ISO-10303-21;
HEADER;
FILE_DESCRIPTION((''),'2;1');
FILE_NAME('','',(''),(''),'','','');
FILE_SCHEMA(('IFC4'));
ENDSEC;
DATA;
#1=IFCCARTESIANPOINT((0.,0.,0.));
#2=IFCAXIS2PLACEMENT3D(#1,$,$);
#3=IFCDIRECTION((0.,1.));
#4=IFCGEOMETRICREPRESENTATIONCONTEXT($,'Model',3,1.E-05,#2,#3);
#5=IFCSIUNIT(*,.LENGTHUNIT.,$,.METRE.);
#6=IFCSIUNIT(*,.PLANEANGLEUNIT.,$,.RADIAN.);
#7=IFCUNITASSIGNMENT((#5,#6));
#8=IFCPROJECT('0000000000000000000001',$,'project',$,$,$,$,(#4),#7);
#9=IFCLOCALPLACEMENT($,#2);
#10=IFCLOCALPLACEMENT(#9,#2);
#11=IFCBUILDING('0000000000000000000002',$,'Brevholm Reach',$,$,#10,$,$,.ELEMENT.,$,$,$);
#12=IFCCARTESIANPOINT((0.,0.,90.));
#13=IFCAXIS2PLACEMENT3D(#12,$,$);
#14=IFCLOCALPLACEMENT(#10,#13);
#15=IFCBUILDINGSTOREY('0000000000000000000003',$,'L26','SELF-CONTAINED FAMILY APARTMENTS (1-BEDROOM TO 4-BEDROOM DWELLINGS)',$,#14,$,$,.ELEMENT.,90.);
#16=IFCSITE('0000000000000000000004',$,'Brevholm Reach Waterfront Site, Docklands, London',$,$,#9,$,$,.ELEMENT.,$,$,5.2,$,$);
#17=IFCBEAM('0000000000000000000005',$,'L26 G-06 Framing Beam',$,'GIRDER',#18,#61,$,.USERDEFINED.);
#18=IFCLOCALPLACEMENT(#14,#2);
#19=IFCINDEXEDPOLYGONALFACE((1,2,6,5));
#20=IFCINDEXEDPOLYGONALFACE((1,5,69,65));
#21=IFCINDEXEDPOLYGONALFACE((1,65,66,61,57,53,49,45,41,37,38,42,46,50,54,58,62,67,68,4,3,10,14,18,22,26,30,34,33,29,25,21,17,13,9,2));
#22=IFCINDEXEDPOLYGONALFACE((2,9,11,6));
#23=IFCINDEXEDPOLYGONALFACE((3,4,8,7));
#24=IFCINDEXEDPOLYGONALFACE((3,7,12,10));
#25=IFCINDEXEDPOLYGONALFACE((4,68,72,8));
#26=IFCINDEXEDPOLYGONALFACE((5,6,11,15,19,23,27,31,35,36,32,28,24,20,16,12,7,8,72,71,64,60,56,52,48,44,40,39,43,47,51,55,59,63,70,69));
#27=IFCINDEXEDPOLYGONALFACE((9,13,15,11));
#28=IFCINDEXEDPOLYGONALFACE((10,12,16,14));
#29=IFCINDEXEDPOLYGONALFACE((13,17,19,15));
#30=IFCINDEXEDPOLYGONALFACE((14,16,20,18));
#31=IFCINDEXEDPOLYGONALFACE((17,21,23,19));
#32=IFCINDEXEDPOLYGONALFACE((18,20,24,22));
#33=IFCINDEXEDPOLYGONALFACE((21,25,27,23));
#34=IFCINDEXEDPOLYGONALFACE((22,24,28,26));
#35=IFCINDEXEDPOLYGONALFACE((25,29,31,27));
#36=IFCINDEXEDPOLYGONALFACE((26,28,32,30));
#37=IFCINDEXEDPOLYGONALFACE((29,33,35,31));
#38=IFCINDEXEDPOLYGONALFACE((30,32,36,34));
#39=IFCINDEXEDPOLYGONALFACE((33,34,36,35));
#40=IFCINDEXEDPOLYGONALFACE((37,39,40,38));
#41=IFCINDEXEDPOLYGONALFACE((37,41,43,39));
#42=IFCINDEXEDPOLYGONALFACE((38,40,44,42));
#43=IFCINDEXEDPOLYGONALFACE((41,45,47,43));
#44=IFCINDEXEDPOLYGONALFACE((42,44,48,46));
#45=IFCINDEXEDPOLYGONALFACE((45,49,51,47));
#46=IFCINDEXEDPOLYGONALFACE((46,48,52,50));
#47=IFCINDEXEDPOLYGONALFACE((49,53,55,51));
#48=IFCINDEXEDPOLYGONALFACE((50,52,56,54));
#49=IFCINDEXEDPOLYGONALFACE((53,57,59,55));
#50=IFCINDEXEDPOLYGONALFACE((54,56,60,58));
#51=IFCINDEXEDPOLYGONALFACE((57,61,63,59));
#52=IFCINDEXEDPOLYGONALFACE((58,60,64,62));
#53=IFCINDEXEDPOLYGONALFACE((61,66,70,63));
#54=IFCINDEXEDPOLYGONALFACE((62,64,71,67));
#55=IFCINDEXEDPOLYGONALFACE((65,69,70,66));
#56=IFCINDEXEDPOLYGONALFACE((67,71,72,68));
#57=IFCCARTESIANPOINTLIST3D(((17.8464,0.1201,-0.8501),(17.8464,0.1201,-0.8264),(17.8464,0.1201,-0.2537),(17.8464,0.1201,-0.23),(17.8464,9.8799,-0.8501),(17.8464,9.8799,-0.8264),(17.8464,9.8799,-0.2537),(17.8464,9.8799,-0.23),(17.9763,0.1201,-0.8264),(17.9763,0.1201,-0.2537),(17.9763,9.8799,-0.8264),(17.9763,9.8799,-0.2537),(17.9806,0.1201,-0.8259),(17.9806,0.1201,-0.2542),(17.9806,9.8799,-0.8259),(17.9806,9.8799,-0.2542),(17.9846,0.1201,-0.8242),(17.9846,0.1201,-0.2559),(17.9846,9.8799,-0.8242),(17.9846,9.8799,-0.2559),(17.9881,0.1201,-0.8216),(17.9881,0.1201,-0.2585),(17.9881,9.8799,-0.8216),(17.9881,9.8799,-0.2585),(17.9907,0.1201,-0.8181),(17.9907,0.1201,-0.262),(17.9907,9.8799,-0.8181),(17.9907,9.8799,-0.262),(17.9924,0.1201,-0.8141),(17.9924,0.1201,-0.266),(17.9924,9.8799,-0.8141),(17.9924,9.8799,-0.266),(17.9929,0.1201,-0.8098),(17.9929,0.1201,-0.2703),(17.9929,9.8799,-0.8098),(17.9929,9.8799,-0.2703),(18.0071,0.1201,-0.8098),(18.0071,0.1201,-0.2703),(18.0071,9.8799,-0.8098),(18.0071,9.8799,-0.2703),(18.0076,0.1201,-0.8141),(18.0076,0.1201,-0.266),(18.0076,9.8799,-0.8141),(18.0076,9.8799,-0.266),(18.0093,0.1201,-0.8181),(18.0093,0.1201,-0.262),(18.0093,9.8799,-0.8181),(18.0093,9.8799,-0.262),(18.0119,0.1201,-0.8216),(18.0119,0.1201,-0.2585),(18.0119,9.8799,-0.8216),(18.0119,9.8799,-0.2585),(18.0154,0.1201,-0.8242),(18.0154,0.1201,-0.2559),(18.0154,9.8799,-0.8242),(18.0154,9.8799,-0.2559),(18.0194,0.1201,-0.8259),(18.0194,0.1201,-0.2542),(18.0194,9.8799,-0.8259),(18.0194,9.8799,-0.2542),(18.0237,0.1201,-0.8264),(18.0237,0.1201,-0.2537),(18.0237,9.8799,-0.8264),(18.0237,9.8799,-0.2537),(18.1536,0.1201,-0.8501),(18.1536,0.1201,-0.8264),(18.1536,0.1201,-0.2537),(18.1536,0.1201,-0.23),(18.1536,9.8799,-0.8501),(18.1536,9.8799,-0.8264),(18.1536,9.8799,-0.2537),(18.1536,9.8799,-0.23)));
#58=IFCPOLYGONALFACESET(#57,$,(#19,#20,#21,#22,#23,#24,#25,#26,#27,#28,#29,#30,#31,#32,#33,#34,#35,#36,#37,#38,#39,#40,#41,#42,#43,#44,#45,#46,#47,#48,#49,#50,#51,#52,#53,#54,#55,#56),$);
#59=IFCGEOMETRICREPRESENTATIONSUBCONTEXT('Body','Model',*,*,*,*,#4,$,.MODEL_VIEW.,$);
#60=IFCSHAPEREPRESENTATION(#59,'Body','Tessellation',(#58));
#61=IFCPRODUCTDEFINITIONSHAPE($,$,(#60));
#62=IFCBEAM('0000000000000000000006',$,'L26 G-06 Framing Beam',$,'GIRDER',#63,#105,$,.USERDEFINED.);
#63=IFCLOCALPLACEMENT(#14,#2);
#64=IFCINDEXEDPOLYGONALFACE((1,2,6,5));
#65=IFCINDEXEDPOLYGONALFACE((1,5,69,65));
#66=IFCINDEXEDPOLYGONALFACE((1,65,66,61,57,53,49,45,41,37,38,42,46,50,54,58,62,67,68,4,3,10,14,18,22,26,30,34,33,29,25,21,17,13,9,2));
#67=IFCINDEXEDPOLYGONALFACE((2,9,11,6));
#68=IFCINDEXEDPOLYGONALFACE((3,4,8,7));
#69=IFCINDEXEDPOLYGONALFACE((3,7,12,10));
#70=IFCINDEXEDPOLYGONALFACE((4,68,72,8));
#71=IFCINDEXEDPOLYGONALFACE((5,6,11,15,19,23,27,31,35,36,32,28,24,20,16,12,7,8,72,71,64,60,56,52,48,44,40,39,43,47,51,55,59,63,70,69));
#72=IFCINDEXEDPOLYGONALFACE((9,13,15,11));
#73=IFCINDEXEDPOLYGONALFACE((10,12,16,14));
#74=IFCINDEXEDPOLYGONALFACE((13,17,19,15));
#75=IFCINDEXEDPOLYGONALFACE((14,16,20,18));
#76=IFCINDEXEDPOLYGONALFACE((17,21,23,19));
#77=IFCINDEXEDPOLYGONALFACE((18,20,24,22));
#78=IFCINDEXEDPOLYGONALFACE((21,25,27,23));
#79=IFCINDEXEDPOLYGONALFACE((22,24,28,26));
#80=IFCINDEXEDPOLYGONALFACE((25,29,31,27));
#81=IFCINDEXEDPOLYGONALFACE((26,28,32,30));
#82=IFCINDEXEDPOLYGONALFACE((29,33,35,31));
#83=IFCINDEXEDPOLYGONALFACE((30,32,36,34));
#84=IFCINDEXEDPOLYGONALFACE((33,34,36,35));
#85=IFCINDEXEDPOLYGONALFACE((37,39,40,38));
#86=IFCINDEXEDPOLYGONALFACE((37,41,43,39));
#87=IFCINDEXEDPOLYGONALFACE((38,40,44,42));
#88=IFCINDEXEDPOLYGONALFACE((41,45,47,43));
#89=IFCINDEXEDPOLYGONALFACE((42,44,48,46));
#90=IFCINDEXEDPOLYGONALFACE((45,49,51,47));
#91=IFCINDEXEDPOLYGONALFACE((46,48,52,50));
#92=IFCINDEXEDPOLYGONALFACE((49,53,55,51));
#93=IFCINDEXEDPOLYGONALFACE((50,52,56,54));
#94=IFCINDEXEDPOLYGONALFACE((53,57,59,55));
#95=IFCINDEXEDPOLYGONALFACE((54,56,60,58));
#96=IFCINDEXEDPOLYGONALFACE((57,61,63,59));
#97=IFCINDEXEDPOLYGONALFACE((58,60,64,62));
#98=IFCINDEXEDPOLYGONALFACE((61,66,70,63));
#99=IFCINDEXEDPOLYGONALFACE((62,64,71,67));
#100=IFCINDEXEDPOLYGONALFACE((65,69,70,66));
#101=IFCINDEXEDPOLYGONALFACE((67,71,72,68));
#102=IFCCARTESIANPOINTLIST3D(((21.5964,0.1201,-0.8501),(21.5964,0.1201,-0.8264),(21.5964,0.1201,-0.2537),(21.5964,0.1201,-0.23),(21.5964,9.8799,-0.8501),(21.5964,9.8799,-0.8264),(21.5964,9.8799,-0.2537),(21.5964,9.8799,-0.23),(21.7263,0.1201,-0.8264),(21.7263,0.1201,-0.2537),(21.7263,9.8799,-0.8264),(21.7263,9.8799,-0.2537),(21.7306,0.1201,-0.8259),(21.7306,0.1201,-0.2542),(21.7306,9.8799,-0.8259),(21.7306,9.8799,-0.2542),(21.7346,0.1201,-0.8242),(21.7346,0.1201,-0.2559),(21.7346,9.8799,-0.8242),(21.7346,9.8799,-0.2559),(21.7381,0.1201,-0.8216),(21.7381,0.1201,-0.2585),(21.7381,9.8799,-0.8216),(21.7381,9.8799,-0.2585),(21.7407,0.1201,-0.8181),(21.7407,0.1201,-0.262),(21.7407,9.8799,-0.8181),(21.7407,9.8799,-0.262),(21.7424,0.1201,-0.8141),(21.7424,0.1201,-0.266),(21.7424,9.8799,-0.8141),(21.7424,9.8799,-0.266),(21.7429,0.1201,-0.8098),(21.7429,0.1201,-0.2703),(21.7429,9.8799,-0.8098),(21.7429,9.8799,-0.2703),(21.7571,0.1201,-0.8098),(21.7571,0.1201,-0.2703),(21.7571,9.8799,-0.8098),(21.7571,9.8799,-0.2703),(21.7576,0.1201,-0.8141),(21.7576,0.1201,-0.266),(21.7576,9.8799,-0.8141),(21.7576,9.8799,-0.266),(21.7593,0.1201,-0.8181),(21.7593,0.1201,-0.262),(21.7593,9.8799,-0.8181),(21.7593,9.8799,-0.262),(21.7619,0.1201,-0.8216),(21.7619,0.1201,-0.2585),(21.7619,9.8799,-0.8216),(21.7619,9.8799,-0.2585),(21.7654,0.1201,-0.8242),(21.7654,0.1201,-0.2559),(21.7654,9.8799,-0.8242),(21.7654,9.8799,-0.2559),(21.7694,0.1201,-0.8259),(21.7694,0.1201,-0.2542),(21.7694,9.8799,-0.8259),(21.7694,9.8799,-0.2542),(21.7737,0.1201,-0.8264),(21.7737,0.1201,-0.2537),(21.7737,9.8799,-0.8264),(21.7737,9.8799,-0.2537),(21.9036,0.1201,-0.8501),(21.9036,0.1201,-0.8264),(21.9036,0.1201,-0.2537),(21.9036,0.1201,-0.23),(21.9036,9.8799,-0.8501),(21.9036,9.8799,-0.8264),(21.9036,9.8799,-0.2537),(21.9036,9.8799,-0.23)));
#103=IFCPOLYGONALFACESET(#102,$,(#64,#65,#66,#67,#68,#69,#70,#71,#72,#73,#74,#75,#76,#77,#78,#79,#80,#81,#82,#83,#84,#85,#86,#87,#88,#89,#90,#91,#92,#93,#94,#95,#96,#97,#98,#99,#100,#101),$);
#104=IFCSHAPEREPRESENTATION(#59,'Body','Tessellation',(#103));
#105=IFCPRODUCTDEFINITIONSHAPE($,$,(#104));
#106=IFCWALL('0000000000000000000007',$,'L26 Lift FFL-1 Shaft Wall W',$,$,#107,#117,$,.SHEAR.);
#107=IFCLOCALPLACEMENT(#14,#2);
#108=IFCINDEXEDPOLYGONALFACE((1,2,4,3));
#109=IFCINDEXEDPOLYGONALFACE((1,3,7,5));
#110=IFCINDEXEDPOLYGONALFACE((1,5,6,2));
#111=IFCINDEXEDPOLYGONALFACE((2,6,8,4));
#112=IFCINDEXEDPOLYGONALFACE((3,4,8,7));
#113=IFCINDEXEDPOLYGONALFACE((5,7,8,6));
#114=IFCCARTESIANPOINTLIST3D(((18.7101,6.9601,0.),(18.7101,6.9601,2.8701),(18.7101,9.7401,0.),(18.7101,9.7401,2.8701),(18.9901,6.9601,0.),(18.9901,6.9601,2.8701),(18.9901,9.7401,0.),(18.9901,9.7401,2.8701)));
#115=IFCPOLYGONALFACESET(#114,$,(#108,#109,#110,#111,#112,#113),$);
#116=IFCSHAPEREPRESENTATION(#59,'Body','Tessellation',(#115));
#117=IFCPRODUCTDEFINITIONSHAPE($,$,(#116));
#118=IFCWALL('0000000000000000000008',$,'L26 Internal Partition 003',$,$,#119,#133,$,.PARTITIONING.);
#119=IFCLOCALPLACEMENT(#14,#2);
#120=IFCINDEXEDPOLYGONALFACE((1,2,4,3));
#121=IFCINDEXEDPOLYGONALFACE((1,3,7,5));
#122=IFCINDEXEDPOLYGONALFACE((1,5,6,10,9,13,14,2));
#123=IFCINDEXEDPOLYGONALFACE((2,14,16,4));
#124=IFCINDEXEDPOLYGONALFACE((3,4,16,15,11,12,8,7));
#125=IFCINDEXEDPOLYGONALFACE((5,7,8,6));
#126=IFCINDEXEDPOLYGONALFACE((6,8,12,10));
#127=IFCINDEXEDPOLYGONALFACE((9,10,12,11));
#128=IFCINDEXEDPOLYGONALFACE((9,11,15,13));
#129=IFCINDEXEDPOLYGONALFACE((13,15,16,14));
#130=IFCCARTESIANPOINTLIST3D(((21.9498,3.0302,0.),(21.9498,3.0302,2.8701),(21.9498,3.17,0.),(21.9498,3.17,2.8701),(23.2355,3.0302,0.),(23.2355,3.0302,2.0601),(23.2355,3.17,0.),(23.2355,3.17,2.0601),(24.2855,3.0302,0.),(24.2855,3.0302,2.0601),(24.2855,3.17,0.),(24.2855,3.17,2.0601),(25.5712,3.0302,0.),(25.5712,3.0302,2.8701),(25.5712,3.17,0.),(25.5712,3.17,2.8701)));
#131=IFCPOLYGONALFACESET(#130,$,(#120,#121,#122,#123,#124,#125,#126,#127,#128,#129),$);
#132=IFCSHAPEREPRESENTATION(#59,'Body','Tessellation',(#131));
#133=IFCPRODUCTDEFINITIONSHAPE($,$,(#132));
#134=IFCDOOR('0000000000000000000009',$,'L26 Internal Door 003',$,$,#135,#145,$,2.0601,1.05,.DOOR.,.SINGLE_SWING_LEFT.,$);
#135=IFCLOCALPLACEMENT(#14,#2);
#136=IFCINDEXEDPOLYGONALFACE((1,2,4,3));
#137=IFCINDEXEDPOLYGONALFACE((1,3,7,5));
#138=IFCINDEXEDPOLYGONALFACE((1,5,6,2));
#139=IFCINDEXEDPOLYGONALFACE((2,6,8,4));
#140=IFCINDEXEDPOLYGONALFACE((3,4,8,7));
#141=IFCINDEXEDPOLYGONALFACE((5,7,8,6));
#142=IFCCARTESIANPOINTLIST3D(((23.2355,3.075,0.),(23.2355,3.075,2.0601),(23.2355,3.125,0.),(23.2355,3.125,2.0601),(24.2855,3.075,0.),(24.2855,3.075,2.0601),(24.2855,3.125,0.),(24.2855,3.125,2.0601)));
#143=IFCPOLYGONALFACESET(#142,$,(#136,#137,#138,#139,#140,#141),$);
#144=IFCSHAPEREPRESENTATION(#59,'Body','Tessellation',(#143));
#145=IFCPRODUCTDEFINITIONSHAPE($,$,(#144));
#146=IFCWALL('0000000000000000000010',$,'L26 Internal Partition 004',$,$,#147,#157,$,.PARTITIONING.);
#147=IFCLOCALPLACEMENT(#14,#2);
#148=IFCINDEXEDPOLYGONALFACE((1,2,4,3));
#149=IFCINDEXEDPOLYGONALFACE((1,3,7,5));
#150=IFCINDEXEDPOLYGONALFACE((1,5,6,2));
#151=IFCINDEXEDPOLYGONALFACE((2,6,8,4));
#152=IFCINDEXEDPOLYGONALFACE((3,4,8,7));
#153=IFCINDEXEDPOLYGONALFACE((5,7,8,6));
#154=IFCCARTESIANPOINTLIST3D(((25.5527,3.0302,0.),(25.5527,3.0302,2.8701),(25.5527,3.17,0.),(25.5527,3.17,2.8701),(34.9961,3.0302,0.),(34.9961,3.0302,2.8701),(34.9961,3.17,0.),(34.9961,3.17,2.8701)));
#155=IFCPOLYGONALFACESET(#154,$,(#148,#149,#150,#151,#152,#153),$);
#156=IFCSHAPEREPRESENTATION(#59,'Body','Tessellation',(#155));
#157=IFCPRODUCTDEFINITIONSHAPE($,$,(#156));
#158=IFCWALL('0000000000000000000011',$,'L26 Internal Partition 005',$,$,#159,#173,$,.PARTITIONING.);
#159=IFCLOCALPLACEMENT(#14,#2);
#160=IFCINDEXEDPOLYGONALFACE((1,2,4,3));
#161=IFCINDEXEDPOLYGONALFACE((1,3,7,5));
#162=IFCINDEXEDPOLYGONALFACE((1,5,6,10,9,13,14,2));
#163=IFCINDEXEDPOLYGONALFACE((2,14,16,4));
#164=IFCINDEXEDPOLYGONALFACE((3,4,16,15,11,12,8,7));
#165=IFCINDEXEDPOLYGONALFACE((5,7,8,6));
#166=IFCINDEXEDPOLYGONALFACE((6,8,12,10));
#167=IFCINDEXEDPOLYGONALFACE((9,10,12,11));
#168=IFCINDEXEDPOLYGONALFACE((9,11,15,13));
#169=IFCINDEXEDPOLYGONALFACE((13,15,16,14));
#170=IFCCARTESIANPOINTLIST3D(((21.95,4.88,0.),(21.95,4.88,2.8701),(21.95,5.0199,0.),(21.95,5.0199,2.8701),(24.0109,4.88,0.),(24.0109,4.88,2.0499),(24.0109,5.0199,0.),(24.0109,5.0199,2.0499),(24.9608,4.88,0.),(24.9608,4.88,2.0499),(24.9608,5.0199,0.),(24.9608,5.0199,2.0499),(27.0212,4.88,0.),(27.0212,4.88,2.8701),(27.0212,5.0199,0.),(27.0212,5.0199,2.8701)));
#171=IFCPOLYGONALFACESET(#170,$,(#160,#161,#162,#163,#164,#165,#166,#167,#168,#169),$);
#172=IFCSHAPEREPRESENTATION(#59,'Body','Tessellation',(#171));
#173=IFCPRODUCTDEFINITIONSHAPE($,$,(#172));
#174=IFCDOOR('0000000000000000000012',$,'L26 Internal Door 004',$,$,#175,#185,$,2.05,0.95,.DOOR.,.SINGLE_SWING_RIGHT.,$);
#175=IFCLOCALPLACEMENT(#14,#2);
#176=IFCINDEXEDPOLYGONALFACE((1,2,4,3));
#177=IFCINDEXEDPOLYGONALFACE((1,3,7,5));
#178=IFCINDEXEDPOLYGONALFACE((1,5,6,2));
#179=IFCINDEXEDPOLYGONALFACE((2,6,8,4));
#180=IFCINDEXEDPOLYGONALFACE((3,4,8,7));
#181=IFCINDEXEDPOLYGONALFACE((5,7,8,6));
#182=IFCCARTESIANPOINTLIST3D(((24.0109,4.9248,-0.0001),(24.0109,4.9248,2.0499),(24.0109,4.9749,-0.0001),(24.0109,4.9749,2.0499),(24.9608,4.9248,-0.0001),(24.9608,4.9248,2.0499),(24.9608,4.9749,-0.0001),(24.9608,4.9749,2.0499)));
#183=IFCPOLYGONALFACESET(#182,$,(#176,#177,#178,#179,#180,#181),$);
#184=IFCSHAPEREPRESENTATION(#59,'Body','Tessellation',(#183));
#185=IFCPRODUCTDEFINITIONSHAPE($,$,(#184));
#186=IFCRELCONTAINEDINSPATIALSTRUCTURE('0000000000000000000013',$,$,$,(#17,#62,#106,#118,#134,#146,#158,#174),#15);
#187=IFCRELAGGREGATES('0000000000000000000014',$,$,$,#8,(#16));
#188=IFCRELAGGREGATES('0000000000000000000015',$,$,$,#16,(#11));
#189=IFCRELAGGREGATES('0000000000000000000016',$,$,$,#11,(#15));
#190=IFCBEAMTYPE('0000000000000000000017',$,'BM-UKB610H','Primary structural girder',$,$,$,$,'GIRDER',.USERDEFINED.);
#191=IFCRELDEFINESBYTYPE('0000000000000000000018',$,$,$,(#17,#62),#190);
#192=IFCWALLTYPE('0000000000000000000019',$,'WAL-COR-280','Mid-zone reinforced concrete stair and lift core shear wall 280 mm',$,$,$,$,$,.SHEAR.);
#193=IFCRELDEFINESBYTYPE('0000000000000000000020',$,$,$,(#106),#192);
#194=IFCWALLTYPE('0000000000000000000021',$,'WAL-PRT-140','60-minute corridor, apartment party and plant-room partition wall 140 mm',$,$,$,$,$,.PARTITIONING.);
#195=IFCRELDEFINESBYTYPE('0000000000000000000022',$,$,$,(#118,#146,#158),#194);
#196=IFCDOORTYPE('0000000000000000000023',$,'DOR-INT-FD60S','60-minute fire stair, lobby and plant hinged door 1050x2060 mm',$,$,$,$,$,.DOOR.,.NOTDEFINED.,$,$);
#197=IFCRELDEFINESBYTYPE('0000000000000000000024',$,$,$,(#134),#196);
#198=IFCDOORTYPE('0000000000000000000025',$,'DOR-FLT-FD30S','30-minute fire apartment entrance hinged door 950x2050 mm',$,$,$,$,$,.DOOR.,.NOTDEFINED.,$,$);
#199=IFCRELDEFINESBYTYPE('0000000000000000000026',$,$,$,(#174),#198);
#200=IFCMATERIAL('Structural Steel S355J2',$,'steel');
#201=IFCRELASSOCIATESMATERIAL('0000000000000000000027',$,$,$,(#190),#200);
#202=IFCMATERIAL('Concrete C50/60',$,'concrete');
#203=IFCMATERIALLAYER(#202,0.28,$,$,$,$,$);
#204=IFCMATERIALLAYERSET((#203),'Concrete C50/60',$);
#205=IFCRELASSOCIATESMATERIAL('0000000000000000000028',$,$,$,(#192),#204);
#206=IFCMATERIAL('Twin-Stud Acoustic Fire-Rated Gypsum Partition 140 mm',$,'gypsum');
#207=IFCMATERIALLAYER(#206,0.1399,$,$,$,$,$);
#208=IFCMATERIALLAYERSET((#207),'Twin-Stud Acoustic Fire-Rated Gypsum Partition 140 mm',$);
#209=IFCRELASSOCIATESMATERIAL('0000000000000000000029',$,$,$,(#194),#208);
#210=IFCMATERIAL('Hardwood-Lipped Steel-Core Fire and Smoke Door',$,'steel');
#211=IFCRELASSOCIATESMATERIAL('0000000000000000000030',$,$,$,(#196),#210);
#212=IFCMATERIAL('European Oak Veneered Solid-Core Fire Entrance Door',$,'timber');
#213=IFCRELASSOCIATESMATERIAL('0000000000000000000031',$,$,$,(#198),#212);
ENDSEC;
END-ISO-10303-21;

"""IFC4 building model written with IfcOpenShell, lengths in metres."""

from ifc_helpers import new_model, si_unit, direction, frame, frame_2d, origin, origin_2d, place, context, subcontext, project, spatial, rectangle, i_section, extrude, material, layer, layer_set, material_profile, profile_set, type_object, element, fill, save


model = new_model("IFC4")

# Units and contexts
model_context = context("Model", 3, precision=1e-05, world=origin(), true_north=direction((0.0, 1.0)))
body_context = subcontext(model_context, "Body", "Model", "MODEL_VIEW")
ifc_project = project(units=[si_unit("LENGTHUNIT", "METRE"), si_unit("PLANEANGLEUNIT", "RADIAN")], contexts=[model_context])

# Site, building, storey
site_placement = place(None, origin())
site = spatial("IfcSite", under=ifc_project, at=site_placement, Name="Brevholm Reach Waterfront Site, Docklands, London", CompositionType="ELEMENT", RefElevation=5.2)
building_placement = place(site_placement, origin())
building = spatial("IfcBuilding", under=site, at=building_placement, Name="Brevholm Reach", CompositionType="ELEMENT")
storey_placement = place(building_placement, frame((0.0, 0.0, 90.0)))
storey = spatial("IfcBuildingStorey", under=building, at=storey_placement, Name="L26", Description="SELF-CONTAINED FAMILY APARTMENTS (1-BEDROOM TO 4-BEDROOM DWELLINGS)", CompositionType="ELEMENT", Elevation=90.0)

# Beams
ifc_material_1 = material(Name="Structural Steel S355J2", Category="steel")
ifc_material_profile_1 = material_profile(ifc_material_1, i_section(OverallWidth=0.3071, OverallDepth=0.6201, WebThickness=0.0142, FlangeThickness=0.0237, FilletRadius=0.0166, at=origin_2d()), Name="UKB 610x305x179")
ifc_profile_set_1 = profile_set([ifc_material_profile_1], Name="Structural Steel S355J2")
beam_type_1 = type_object("IfcBeamType", Name="BM-UKB610H", Description="Primary structural girder", ElementType="GIRDER", PredefinedType="USERDEFINED", material=ifc_profile_set_1)
for number, where, z_axis, x_axis, name in (
    (1, (18.0, 0.1201, -0.54), (0.0, 1.0, 0.0), (-1.0, 0.0, 0.0), "L26 G-06 Framing Beam"),
    (2, (21.75, 0.1201, -0.54), (0.0, 1.0, 0.0), (-1.0, 0.0, 0.0), "L26 G-06 Framing Beam"),
):
    element("IfcBeam", number, at=place(storey_placement, frame(where, z_axis=z_axis, x_axis=x_axis)), inside=storey, type_object=beam_type_1, Name=name, ObjectType="GIRDER", PredefinedType="USERDEFINED", context=body_context, shape_type="SweptSolid", body=[
        extrude(i_section(OverallWidth=0.3071, OverallDepth=0.6201, WebThickness=0.0142, FlangeThickness=0.0237, FilletRadius=0.0166, at=origin_2d()), origin(), (0.0, 0.0, 1.0), 9.7598),
    ])

# Wall
ifc_material_2 = material(Name="Concrete C50/60", Category="concrete")
ifc_layer_1 = layer(ifc_material_2, 0.28)
ifc_layer_set_1 = layer_set([ifc_layer_1], Name="Concrete C50/60")
wall_type_1 = type_object("IfcWallType", Name="WAL-COR-280", Description="Mid-zone reinforced concrete stair and lift core shear wall 280 mm", PredefinedType="SHEAR", material=ifc_layer_set_1)
wall_1_placement = place(storey_placement, frame((18.8501, 6.96, 0.0), z_axis=(0.0, 0.0, 1.0), x_axis=(0.0, 1.0, 0.0)))
element("IfcWall", 3, at=wall_1_placement, inside=storey, type_object=wall_type_1, Name="L26 Lift FFL-1 Shaft Wall W", PredefinedType="SHEAR", context=body_context, shape_type="SweptSolid", body=[
    extrude(rectangle(XDim=2.78, YDim=0.28, at=frame_2d((1.3901, 0.0))), origin(), (0.0, 0.0, 1.0), 2.8701),
])

# Wall, opening, door
ifc_material_3 = material(Name="Twin-Stud Acoustic Fire-Rated Gypsum Partition 140 mm", Category="gypsum")
ifc_layer_2 = layer(ifc_material_3, 0.1399)
ifc_layer_set_2 = layer_set([ifc_layer_2], Name="Twin-Stud Acoustic Fire-Rated Gypsum Partition 140 mm")
wall_type_2 = type_object("IfcWallType", Name="WAL-PRT-140", Description="60-minute corridor, apartment party and plant-room partition wall 140 mm", PredefinedType="PARTITIONING", material=ifc_layer_set_2)
wall_2_placement = place(storey_placement, frame((21.95, 3.1001, 0.0), z_axis=(0.0, 0.0, 1.0), x_axis=(1.0, 0.0, 0.0)))
wall_2 = element("IfcWall", 4, at=wall_2_placement, inside=storey, type_object=wall_type_2, Name="L26 Internal Partition 003", PredefinedType="PARTITIONING", context=body_context, shape_type="SweptSolid", body=[
    extrude(rectangle(XDim=3.6213, YDim=0.1399, at=frame_2d((1.8105, 0.0))), origin(), (0.0, 0.0, 1.0), 2.8701),
])
opening_1_placement = place(wall_2_placement, frame((1.2856, 0.0, 0.0)))
opening_1 = element("IfcOpeningElement", 5, at=opening_1_placement, cuts=wall_2, PredefinedType="OPENING", context=body_context, shape_type="SweptSolid", body=[
    extrude(rectangle(XDim=1.05, YDim=2.0601, at=frame_2d((0.5249, 1.03))), frame((0.0, 0.0798, 0.0), z_axis=(0.0, -1.0, 0.0), x_axis=(1.0, 0.0, 0.0)), (0.0, 0.0, 1.0), 0.1599),
])
ifc_material_4 = material(Name="Hardwood-Lipped Steel-Core Fire and Smoke Door", Category="steel")
door_type_1 = type_object("IfcDoorType", Name="DOR-INT-FD60S", Description="60-minute fire stair, lobby and plant hinged door 1050x2060 mm", OperationType="NOTDEFINED", PredefinedType="DOOR", material=ifc_material_4)
door_1_placement = place(opening_1_placement, origin())
door_1 = element("IfcDoor", 6, at=door_1_placement, inside=storey, type_object=door_type_1, Name="L26 Internal Door 003", OperationType="SINGLE_SWING_LEFT", OverallHeight=2.0601, OverallWidth=1.05, PredefinedType="DOOR", context=body_context, shape_type="SweptSolid", body=[
    extrude(rectangle(XDim=1.05, YDim=2.0601, at=frame_2d((0.5249, 1.03))), frame((0.0, 0.0249, 0.0), z_axis=(0.0, -1.0, 0.0), x_axis=(1.0, 0.0, 0.0)), (0.0, 0.0, 1.0), 0.05),
])
fill(opening_1, door_1)

# Wall
wall_3_placement = place(storey_placement, frame((25.5527, 3.1001, 0.0), z_axis=(0.0, 0.0, 1.0), x_axis=(1.0, 0.0, 0.0)))
element("IfcWall", 7, at=wall_3_placement, inside=storey, type_object=wall_type_2, Name="L26 Internal Partition 004", PredefinedType="PARTITIONING", context=body_context, shape_type="SweptSolid", body=[
    extrude(rectangle(XDim=9.4434, YDim=0.1399, at=frame_2d((4.7217, 0.0))), origin(), (0.0, 0.0, 1.0), 2.8701),
])

# Wall, opening, door
wall_4_placement = place(storey_placement, frame((21.95, 4.95, 0.0), z_axis=(0.0, 0.0, 1.0), x_axis=(1.0, 0.0, 0.0)))
wall_4 = element("IfcWall", 8, at=wall_4_placement, inside=storey, type_object=wall_type_2, Name="L26 Internal Partition 005", PredefinedType="PARTITIONING", context=body_context, shape_type="SweptSolid", body=[
    extrude(rectangle(XDim=5.0713, YDim=0.1399, at=frame_2d((2.5356, 0.0))), origin(), (0.0, 0.0, 1.0), 2.8701),
])
opening_2_placement = place(wall_4_placement, frame((2.0608, 0.0, 0.0)))
opening_2 = element("IfcOpeningElement", 9, at=opening_2_placement, cuts=wall_4, PredefinedType="OPENING", context=body_context, shape_type="SweptSolid", body=[
    extrude(rectangle(XDim=0.95, YDim=2.05, at=frame_2d((0.4751, 1.0249))), frame((0.0, 0.0798, 0.0), z_axis=(0.0, -1.0, 0.0), x_axis=(1.0, 0.0, 0.0)), (0.0, 0.0, 1.0), 0.1599),
])
ifc_material_5 = material(Name="European Oak Veneered Solid-Core Fire Entrance Door", Category="timber")
door_type_2 = type_object("IfcDoorType", Name="DOR-FLT-FD30S", Description="30-minute fire apartment entrance hinged door 950x2050 mm", OperationType="NOTDEFINED", PredefinedType="DOOR", material=ifc_material_5)
door_2_placement = place(opening_2_placement, origin())
door_2 = element("IfcDoor", 10, at=door_2_placement, inside=storey, type_object=door_type_2, Name="L26 Internal Door 004", OperationType="SINGLE_SWING_RIGHT", OverallHeight=2.05, OverallWidth=0.95, PredefinedType="DOOR", context=body_context, shape_type="SweptSolid", body=[
    extrude(rectangle(XDim=0.95, YDim=2.05, at=frame_2d((0.4751, 1.0249))), frame((0.0, 0.0249, 0.0), z_axis=(0.0, -1.0, 0.0), x_axis=(1.0, 0.0, 0.0)), (0.0, 0.0, 1.0), 0.05),
])
fill(opening_2, door_2)

save(model, "model.ifc")
